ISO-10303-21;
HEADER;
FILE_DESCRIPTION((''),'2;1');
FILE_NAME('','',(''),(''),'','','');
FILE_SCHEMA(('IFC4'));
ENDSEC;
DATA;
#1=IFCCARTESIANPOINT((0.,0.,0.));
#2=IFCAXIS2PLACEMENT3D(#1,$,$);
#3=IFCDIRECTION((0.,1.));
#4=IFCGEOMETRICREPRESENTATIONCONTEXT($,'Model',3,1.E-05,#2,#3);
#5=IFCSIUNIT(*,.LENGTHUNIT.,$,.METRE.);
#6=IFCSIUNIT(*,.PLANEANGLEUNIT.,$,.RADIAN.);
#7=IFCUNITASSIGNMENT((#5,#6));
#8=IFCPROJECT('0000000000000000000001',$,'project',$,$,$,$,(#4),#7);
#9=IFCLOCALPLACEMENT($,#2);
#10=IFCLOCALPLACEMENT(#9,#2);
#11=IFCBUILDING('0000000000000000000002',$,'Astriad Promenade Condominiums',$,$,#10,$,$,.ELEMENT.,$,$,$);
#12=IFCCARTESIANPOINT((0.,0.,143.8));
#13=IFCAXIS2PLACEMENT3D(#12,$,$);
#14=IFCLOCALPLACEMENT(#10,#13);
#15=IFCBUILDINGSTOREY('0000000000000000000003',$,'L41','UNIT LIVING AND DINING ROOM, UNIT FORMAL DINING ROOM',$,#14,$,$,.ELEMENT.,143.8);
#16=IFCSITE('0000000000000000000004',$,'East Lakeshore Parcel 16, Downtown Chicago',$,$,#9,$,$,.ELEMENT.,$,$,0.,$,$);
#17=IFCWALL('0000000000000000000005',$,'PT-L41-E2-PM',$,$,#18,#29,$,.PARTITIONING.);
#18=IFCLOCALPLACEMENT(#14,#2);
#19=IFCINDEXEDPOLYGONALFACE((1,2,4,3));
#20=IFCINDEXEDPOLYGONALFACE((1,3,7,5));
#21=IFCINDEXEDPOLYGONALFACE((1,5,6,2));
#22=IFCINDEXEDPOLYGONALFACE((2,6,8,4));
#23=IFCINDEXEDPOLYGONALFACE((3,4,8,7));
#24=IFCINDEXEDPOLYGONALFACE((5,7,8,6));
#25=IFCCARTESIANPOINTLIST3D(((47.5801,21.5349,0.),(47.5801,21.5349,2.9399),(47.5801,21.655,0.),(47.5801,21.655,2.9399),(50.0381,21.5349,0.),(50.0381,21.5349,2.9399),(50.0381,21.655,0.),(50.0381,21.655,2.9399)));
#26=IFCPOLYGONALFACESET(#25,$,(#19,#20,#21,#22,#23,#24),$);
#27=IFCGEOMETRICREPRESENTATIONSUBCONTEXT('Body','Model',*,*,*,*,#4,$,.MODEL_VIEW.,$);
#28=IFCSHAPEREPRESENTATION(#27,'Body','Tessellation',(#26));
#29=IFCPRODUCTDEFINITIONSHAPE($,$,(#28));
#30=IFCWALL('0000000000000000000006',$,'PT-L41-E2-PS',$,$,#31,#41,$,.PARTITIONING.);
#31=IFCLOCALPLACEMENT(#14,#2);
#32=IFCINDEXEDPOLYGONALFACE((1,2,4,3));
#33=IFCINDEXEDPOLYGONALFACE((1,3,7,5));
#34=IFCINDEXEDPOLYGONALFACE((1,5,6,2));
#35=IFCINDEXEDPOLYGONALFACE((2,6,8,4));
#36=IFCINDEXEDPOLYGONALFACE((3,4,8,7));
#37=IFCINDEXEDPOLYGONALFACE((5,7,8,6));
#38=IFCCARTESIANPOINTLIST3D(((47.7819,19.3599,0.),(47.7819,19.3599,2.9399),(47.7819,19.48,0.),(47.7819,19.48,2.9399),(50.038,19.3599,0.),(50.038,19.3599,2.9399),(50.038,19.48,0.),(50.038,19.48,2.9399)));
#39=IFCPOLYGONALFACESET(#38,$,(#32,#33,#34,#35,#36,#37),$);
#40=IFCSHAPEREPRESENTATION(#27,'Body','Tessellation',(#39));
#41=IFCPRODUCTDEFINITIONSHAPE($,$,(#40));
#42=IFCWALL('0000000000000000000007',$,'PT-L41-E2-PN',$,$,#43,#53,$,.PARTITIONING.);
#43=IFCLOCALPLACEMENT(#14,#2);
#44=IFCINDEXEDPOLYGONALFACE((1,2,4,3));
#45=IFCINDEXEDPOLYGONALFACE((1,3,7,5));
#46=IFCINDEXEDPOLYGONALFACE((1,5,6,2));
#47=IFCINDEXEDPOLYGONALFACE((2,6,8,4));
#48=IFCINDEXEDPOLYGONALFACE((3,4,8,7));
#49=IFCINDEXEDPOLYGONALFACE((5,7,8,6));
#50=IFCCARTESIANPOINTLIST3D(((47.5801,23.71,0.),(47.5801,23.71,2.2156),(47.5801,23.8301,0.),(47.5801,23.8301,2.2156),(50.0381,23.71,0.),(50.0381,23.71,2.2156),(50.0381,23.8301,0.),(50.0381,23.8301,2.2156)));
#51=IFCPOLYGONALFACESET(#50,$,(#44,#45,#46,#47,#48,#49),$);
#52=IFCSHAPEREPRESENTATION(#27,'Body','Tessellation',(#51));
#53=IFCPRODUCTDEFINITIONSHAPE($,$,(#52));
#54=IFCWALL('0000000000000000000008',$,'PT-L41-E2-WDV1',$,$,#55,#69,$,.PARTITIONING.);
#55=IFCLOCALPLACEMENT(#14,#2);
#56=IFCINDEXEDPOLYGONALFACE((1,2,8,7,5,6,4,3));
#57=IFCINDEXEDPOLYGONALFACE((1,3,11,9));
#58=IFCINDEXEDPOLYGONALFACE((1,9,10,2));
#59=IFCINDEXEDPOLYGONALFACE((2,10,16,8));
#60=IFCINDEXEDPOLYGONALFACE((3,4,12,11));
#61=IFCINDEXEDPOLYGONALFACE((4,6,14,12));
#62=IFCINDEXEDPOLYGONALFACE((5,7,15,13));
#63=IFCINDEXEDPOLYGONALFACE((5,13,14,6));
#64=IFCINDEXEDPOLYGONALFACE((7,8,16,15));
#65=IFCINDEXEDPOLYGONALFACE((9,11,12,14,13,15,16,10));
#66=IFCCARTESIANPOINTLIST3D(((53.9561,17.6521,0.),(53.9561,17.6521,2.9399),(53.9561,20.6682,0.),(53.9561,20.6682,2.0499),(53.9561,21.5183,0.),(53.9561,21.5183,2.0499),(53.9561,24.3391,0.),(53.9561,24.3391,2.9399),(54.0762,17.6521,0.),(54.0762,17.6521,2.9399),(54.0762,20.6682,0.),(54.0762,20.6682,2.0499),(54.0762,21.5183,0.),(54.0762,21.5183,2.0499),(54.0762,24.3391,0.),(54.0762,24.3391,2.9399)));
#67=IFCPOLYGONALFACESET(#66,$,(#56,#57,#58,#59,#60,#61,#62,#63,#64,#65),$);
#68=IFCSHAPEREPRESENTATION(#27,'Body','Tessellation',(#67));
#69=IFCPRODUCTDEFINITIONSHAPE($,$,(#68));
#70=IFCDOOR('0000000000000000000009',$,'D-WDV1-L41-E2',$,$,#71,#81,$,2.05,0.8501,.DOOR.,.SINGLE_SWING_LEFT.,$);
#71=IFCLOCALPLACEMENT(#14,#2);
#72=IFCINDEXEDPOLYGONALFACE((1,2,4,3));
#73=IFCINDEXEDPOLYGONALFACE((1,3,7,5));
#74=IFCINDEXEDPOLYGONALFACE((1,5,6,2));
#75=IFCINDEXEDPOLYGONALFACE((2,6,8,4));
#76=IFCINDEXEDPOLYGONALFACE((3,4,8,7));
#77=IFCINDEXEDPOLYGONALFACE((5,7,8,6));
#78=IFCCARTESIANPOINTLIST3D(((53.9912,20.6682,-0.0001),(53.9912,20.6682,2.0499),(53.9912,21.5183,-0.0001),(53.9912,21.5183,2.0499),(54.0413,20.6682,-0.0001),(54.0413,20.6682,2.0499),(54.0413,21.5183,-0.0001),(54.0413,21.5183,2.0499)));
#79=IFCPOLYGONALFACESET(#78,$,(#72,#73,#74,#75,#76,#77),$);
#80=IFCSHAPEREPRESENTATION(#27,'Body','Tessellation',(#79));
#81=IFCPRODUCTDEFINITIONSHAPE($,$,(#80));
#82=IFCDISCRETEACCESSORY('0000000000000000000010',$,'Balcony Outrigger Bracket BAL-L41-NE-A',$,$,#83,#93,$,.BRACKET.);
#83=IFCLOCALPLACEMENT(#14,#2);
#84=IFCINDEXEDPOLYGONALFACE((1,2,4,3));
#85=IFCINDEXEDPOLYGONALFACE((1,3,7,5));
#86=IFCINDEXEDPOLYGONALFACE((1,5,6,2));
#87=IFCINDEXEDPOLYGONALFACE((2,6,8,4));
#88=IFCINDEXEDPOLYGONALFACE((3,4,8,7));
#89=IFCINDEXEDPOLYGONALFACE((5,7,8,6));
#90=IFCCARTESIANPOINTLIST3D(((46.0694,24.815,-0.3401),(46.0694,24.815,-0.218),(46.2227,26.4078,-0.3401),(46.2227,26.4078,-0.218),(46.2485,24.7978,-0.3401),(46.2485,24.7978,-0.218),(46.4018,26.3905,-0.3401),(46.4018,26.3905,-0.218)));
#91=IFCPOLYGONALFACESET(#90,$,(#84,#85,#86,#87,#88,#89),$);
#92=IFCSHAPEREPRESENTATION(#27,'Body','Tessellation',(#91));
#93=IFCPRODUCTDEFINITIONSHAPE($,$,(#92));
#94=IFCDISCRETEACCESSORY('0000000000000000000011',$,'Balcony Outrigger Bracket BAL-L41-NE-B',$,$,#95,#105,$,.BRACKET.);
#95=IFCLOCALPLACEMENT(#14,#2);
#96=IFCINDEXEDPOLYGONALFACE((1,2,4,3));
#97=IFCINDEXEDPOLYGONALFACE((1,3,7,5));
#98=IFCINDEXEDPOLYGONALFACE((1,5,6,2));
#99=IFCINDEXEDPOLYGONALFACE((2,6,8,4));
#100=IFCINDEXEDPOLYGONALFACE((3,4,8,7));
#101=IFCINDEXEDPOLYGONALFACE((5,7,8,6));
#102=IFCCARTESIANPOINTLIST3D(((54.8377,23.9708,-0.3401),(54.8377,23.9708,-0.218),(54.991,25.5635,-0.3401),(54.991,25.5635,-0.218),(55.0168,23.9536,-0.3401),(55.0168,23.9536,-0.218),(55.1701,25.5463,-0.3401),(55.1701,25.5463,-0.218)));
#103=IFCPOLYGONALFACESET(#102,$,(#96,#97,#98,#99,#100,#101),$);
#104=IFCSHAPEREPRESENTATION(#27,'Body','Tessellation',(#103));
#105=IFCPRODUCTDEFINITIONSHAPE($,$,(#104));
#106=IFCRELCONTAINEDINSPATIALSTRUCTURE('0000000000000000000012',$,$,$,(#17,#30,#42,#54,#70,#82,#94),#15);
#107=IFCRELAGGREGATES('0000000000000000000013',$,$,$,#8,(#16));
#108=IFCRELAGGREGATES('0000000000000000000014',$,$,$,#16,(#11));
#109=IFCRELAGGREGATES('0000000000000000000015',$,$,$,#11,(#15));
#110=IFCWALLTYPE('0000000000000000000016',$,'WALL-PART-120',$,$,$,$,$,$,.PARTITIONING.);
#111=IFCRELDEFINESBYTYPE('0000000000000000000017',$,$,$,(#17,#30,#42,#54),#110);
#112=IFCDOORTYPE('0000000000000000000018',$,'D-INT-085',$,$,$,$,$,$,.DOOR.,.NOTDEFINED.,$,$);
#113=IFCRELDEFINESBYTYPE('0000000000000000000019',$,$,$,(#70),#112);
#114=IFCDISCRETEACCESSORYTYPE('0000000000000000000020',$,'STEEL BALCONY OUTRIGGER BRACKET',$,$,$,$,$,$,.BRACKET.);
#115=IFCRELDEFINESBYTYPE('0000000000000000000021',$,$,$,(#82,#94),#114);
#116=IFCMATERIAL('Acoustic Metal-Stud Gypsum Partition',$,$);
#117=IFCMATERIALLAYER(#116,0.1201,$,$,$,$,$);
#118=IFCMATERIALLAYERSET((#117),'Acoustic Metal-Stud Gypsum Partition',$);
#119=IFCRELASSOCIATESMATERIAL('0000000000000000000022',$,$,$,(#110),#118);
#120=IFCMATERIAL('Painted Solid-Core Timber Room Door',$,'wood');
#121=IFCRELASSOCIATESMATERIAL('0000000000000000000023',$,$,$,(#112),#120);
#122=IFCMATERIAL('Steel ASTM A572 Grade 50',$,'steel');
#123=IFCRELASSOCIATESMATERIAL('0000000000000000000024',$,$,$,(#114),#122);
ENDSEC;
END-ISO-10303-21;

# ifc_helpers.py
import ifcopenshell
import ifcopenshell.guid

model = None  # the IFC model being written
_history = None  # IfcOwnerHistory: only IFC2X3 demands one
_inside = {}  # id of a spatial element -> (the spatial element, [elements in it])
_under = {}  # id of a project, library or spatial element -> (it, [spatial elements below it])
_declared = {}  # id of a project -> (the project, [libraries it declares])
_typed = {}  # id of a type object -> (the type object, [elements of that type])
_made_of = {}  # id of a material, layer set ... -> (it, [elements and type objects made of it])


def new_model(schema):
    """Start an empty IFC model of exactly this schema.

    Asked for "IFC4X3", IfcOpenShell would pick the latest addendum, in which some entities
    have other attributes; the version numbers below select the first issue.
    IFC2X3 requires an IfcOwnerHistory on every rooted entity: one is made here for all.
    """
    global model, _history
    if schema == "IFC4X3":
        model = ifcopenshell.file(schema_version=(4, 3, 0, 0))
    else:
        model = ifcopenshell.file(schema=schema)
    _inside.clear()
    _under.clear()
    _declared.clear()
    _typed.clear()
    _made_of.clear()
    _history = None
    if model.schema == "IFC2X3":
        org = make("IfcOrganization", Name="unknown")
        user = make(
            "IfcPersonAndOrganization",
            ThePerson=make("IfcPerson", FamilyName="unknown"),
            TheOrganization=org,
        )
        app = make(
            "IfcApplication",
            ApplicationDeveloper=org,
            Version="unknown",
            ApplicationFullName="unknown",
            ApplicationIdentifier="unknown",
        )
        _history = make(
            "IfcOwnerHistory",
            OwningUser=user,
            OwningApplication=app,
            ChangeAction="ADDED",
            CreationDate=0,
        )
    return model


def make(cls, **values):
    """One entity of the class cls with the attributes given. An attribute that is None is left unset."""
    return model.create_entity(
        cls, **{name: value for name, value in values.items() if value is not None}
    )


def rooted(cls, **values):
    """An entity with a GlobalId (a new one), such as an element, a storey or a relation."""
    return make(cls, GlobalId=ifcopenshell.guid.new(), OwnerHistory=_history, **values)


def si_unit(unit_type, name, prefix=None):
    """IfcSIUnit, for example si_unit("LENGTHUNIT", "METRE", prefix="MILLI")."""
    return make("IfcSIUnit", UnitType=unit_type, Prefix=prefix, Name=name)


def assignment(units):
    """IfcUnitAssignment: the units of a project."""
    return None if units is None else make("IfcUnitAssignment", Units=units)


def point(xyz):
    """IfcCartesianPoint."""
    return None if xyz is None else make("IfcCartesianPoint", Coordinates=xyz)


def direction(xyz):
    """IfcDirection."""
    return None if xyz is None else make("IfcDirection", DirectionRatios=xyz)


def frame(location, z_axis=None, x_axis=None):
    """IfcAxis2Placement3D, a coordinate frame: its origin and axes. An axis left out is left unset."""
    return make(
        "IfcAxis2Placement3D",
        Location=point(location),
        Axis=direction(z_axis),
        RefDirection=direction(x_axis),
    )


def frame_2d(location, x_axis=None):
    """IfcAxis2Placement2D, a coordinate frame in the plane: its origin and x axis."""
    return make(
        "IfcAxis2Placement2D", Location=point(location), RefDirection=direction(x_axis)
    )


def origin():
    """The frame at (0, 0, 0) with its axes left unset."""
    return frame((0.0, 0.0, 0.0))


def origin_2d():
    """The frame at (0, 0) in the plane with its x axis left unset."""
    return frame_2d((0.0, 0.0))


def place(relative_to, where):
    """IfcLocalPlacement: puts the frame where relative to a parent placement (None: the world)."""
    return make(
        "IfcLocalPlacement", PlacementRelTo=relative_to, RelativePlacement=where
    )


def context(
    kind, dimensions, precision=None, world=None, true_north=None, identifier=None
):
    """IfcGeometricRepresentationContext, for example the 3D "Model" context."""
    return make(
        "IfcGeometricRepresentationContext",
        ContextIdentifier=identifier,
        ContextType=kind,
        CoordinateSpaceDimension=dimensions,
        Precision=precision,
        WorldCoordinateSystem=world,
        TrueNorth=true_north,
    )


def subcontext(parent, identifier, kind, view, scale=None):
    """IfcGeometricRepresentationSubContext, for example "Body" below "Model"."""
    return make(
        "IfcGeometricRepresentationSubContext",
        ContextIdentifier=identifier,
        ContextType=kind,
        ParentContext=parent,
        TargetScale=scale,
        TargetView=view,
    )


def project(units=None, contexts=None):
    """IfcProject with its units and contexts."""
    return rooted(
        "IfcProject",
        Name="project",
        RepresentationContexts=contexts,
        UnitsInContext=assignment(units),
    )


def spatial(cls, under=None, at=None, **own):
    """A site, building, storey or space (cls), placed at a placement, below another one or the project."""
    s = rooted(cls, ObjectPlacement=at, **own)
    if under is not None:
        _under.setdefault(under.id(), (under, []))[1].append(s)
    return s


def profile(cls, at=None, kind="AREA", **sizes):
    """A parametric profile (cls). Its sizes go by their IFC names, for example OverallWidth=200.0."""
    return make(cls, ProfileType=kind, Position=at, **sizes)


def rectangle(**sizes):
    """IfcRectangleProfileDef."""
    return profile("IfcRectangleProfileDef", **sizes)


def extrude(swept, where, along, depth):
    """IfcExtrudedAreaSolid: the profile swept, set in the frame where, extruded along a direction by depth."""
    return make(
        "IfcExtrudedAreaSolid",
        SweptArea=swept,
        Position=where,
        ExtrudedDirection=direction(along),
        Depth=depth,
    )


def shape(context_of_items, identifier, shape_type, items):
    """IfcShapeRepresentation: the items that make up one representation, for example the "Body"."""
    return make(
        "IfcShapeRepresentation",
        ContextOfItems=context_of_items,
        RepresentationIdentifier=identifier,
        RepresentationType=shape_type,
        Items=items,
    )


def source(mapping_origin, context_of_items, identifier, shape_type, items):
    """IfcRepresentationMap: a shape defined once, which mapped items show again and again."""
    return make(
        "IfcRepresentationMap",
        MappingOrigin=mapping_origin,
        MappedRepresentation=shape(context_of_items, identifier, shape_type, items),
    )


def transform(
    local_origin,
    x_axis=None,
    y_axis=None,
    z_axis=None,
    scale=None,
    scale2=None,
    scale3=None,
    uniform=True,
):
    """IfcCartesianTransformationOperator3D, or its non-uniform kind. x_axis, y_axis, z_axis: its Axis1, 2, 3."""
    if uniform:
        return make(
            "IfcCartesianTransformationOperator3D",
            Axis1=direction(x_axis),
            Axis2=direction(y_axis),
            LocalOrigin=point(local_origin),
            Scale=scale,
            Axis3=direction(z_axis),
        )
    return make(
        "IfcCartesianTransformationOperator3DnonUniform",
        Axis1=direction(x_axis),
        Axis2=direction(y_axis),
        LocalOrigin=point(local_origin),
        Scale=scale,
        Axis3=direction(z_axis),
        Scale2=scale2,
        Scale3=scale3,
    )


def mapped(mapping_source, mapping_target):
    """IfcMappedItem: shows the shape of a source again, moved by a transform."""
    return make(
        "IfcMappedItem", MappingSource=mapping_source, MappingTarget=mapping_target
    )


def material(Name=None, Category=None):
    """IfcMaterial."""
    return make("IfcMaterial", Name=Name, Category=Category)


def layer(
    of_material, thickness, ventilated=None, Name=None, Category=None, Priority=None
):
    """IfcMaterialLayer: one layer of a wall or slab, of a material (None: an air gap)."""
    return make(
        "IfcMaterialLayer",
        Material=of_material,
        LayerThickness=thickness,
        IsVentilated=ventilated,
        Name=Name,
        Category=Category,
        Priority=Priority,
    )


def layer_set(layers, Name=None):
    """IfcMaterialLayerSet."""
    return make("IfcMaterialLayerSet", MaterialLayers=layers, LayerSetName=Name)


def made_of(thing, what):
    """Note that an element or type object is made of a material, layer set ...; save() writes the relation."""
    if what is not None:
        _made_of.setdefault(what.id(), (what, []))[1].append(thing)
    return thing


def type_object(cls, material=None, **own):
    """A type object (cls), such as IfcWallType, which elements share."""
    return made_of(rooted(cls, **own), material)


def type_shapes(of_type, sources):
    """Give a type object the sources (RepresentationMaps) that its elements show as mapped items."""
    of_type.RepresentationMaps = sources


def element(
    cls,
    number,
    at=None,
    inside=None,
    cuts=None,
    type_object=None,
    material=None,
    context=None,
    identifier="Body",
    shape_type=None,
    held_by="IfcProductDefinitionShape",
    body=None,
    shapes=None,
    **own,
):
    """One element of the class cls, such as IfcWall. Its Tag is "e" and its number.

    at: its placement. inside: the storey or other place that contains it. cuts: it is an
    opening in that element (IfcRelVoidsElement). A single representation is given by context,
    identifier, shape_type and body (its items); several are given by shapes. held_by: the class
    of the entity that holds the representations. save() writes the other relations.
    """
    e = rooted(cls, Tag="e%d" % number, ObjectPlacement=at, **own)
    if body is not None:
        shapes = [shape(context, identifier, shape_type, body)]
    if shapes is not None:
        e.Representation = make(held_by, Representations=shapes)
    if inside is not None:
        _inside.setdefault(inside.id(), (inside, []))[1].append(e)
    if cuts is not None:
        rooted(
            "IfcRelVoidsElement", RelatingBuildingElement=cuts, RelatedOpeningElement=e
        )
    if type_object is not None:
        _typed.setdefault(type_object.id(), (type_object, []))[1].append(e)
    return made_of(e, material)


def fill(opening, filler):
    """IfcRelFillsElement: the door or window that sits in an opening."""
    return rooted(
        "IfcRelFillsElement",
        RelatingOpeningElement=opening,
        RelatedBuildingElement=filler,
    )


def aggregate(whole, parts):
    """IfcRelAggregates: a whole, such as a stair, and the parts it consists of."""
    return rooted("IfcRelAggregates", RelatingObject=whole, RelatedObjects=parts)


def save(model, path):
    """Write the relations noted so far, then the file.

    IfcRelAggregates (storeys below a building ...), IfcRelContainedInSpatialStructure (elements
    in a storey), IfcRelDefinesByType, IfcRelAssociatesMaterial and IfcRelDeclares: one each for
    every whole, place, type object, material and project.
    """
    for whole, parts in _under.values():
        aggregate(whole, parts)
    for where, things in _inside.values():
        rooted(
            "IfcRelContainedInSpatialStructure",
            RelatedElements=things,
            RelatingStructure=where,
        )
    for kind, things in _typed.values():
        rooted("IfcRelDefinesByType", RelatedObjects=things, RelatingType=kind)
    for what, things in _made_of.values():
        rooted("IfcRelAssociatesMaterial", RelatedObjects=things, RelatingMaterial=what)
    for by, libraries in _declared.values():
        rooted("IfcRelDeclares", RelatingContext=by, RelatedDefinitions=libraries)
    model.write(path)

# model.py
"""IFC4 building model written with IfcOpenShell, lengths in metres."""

from ifc_helpers import new_model, si_unit, direction, frame, frame_2d, origin, origin_2d, place, context, subcontext, project, spatial, rectangle, extrude, source, transform, mapped, material, layer, layer_set, type_object, type_shapes, element, fill, save


model = new_model("IFC4")

# Units and contexts
model_context = context("Model", 3, precision=1e-05, world=origin(), true_north=direction((0.0, 1.0)))
body_context = subcontext(model_context, "Body", "Model", "MODEL_VIEW")
ifc_project = project(units=[si_unit("LENGTHUNIT", "METRE"), si_unit("PLANEANGLEUNIT", "RADIAN")], contexts=[model_context])

# Site, building, storey
site_placement = place(None, origin())
site = spatial("IfcSite", under=ifc_project, at=site_placement, Name="East Lakeshore Parcel 16, Downtown Chicago", CompositionType="ELEMENT", RefElevation=0.0)
building_placement = place(site_placement, origin())
building = spatial("IfcBuilding", under=site, at=building_placement, Name="Astriad Promenade Condominiums", CompositionType="ELEMENT")
storey_placement = place(building_placement, frame((0.0, 0.0, 143.8)))
storey = spatial("IfcBuildingStorey", under=building, at=storey_placement, Name="L41", Description="UNIT LIVING AND DINING ROOM, UNIT FORMAL DINING ROOM", CompositionType="ELEMENT", Elevation=143.8)

# Shared definitions
ifc_material_1 = material(Name="Acoustic Metal-Stud Gypsum Partition")
ifc_layer_1 = layer(ifc_material_1, 0.1201)
ifc_layer_set_1 = layer_set([ifc_layer_1], Name="Acoustic Metal-Stud Gypsum Partition")
wall_type_1 = type_object("IfcWallType", Name="WALL-PART-120", PredefinedType="PARTITIONING", material=ifc_layer_set_1)
ifc_material_2 = material(Name="Painted Solid-Core Timber Room Door", Category="wood")
door_type_1 = type_object("IfcDoorType", Name="D-INT-085", OperationType="NOTDEFINED", PredefinedType="DOOR", material=ifc_material_2)
shared_shape_1 = source(origin(), body_context, "Body", "SweptSolid", [
    extrude(rectangle(XDim=0.8501, YDim=2.05, at=frame_2d((0.425, 1.0249))), frame((0.0, 0.0249, 0.0), z_axis=(0.0, -1.0, 0.0), x_axis=(1.0, 0.0, 0.0)), (0.0, 0.0, 1.0), 0.05),
])
type_shapes(door_type_1, [shared_shape_1])

# Walls
wall_1_placement = place(storey_placement, frame((47.5801, 21.595, 0.0), z_axis=(0.0, 0.0, 1.0), x_axis=(1.0, 0.0, 0.0)))
element("IfcWall", 1, at=wall_1_placement, inside=storey, type_object=wall_type_1, Name="PT-L41-E2-PM", PredefinedType="PARTITIONING", context=body_context, shape_type="SweptSolid", body=[
    extrude(rectangle(XDim=2.458, YDim=0.1201, at=frame_2d((1.229, 0.0))), origin(), (0.0, 0.0, 1.0), 2.9399),
])
wall_2_placement = place(storey_placement, frame((47.782, 19.4199, 0.0), z_axis=(0.0, 0.0, 1.0), x_axis=(1.0, 0.0, 0.0)))
element("IfcWall", 2, at=wall_2_placement, inside=storey, type_object=wall_type_1, Name="PT-L41-E2-PS", PredefinedType="PARTITIONING", context=body_context, shape_type="SweptSolid", body=[
    extrude(rectangle(XDim=2.2561, YDim=0.1201, at=frame_2d((1.1279, 0.0))), origin(), (0.0, 0.0, 1.0), 2.9399),
])
wall_3_placement = place(storey_placement, frame((47.5801, 23.77, 0.0), z_axis=(0.0, 0.0, 1.0), x_axis=(1.0, 0.0, 0.0)))
element("IfcWall", 3, at=wall_3_placement, inside=storey, type_object=wall_type_1, Name="PT-L41-E2-PN", PredefinedType="PARTITIONING", context=body_context, shape_type="SweptSolid", body=[
    extrude(rectangle(XDim=2.458, YDim=0.1201, at=frame_2d((1.229, 0.0))), origin(), (0.0, 0.0, 1.0), 2.2156),
])

# Wall, opening, door
wall_4_placement = place(storey_placement, frame((54.0161, 17.6521, 0.0), z_axis=(0.0, 0.0, 1.0), x_axis=(0.0, 1.0, 0.0)))
wall_4 = element("IfcWall", 4, at=wall_4_placement, inside=storey, type_object=wall_type_1, Name="PT-L41-E2-WDV1", PredefinedType="PARTITIONING", context=body_context, shape_type="SweptSolid", body=[
    extrude(rectangle(XDim=6.687, YDim=0.1201, at=frame_2d((3.3435, 0.0))), origin(), (0.0, 0.0, 1.0), 2.9399),
])
opening_1_placement = place(wall_4_placement, frame((3.0161, 0.0, 0.0)))
opening_1 = element("IfcOpeningElement", 5, at=opening_1_placement, cuts=wall_4, PredefinedType="OPENING", context=body_context, shape_type="SweptSolid", body=[
    extrude(rectangle(XDim=0.8501, YDim=2.05, at=frame_2d((0.425, 1.0249))), frame((0.0, 0.0701, 0.0), z_axis=(0.0, -1.0, 0.0), x_axis=(1.0, 0.0, 0.0)), (0.0, 0.0, 1.0), 0.1401),
])
door_1_placement = place(opening_1_placement, origin())
door_1 = element("IfcDoor", 6, at=door_1_placement, inside=storey, type_object=door_type_1, Name="D-WDV1-L41-E2", OperationType="SINGLE_SWING_LEFT", OverallHeight=2.05, OverallWidth=0.8501, PredefinedType="DOOR", context=body_context, shape_type="MappedRepresentation", body=[
    mapped(shared_shape_1, transform((0.0, 0.0, 0.0), scale=1.0)),
])
fill(opening_1, door_1)

# Discrete accessories
ifc_material_3 = material(Name="Steel ASTM A572 Grade 50", Category="steel")
discrete_accessory_type = type_object("IfcDiscreteAccessoryType", Name="STEEL BALCONY OUTRIGGER BRACKET", PredefinedType="BRACKET", material=ifc_material_3)
shared_shape_2 = source(origin(), body_context, "Body", "SweptSolid", [
    extrude(rectangle(XDim=1.6001, YDim=0.1799, at=origin_2d()), origin(), (0.0, 0.0, 1.0), 0.1221),
])
type_shapes(discrete_accessory_type, [shared_shape_2])
for number, where, z_axis, x_axis, name in (
    (7, (46.2356, 25.6028, -0.3401), (0.0, 0.0, 1.0), (0.095846, 0.995396, 0.0), "Balcony Outrigger Bracket BAL-L41-NE-A"),
    (8, (55.0039, 24.7585, -0.3401), (0.0, 0.0, 1.0), (0.095846, 0.995396, 0.0), "Balcony Outrigger Bracket BAL-L41-NE-B"),
):
    element("IfcDiscreteAccessory", number, at=place(storey_placement, frame(where, z_axis=z_axis, x_axis=x_axis)), inside=storey, type_object=discrete_accessory_type, Name=name, PredefinedType="BRACKET", context=body_context, shape_type="MappedRepresentation", body=[
        mapped(shared_shape_2, transform((0.0, 0.0, 0.0), scale=1.0)),
    ])

save(model, "model.ifc")
